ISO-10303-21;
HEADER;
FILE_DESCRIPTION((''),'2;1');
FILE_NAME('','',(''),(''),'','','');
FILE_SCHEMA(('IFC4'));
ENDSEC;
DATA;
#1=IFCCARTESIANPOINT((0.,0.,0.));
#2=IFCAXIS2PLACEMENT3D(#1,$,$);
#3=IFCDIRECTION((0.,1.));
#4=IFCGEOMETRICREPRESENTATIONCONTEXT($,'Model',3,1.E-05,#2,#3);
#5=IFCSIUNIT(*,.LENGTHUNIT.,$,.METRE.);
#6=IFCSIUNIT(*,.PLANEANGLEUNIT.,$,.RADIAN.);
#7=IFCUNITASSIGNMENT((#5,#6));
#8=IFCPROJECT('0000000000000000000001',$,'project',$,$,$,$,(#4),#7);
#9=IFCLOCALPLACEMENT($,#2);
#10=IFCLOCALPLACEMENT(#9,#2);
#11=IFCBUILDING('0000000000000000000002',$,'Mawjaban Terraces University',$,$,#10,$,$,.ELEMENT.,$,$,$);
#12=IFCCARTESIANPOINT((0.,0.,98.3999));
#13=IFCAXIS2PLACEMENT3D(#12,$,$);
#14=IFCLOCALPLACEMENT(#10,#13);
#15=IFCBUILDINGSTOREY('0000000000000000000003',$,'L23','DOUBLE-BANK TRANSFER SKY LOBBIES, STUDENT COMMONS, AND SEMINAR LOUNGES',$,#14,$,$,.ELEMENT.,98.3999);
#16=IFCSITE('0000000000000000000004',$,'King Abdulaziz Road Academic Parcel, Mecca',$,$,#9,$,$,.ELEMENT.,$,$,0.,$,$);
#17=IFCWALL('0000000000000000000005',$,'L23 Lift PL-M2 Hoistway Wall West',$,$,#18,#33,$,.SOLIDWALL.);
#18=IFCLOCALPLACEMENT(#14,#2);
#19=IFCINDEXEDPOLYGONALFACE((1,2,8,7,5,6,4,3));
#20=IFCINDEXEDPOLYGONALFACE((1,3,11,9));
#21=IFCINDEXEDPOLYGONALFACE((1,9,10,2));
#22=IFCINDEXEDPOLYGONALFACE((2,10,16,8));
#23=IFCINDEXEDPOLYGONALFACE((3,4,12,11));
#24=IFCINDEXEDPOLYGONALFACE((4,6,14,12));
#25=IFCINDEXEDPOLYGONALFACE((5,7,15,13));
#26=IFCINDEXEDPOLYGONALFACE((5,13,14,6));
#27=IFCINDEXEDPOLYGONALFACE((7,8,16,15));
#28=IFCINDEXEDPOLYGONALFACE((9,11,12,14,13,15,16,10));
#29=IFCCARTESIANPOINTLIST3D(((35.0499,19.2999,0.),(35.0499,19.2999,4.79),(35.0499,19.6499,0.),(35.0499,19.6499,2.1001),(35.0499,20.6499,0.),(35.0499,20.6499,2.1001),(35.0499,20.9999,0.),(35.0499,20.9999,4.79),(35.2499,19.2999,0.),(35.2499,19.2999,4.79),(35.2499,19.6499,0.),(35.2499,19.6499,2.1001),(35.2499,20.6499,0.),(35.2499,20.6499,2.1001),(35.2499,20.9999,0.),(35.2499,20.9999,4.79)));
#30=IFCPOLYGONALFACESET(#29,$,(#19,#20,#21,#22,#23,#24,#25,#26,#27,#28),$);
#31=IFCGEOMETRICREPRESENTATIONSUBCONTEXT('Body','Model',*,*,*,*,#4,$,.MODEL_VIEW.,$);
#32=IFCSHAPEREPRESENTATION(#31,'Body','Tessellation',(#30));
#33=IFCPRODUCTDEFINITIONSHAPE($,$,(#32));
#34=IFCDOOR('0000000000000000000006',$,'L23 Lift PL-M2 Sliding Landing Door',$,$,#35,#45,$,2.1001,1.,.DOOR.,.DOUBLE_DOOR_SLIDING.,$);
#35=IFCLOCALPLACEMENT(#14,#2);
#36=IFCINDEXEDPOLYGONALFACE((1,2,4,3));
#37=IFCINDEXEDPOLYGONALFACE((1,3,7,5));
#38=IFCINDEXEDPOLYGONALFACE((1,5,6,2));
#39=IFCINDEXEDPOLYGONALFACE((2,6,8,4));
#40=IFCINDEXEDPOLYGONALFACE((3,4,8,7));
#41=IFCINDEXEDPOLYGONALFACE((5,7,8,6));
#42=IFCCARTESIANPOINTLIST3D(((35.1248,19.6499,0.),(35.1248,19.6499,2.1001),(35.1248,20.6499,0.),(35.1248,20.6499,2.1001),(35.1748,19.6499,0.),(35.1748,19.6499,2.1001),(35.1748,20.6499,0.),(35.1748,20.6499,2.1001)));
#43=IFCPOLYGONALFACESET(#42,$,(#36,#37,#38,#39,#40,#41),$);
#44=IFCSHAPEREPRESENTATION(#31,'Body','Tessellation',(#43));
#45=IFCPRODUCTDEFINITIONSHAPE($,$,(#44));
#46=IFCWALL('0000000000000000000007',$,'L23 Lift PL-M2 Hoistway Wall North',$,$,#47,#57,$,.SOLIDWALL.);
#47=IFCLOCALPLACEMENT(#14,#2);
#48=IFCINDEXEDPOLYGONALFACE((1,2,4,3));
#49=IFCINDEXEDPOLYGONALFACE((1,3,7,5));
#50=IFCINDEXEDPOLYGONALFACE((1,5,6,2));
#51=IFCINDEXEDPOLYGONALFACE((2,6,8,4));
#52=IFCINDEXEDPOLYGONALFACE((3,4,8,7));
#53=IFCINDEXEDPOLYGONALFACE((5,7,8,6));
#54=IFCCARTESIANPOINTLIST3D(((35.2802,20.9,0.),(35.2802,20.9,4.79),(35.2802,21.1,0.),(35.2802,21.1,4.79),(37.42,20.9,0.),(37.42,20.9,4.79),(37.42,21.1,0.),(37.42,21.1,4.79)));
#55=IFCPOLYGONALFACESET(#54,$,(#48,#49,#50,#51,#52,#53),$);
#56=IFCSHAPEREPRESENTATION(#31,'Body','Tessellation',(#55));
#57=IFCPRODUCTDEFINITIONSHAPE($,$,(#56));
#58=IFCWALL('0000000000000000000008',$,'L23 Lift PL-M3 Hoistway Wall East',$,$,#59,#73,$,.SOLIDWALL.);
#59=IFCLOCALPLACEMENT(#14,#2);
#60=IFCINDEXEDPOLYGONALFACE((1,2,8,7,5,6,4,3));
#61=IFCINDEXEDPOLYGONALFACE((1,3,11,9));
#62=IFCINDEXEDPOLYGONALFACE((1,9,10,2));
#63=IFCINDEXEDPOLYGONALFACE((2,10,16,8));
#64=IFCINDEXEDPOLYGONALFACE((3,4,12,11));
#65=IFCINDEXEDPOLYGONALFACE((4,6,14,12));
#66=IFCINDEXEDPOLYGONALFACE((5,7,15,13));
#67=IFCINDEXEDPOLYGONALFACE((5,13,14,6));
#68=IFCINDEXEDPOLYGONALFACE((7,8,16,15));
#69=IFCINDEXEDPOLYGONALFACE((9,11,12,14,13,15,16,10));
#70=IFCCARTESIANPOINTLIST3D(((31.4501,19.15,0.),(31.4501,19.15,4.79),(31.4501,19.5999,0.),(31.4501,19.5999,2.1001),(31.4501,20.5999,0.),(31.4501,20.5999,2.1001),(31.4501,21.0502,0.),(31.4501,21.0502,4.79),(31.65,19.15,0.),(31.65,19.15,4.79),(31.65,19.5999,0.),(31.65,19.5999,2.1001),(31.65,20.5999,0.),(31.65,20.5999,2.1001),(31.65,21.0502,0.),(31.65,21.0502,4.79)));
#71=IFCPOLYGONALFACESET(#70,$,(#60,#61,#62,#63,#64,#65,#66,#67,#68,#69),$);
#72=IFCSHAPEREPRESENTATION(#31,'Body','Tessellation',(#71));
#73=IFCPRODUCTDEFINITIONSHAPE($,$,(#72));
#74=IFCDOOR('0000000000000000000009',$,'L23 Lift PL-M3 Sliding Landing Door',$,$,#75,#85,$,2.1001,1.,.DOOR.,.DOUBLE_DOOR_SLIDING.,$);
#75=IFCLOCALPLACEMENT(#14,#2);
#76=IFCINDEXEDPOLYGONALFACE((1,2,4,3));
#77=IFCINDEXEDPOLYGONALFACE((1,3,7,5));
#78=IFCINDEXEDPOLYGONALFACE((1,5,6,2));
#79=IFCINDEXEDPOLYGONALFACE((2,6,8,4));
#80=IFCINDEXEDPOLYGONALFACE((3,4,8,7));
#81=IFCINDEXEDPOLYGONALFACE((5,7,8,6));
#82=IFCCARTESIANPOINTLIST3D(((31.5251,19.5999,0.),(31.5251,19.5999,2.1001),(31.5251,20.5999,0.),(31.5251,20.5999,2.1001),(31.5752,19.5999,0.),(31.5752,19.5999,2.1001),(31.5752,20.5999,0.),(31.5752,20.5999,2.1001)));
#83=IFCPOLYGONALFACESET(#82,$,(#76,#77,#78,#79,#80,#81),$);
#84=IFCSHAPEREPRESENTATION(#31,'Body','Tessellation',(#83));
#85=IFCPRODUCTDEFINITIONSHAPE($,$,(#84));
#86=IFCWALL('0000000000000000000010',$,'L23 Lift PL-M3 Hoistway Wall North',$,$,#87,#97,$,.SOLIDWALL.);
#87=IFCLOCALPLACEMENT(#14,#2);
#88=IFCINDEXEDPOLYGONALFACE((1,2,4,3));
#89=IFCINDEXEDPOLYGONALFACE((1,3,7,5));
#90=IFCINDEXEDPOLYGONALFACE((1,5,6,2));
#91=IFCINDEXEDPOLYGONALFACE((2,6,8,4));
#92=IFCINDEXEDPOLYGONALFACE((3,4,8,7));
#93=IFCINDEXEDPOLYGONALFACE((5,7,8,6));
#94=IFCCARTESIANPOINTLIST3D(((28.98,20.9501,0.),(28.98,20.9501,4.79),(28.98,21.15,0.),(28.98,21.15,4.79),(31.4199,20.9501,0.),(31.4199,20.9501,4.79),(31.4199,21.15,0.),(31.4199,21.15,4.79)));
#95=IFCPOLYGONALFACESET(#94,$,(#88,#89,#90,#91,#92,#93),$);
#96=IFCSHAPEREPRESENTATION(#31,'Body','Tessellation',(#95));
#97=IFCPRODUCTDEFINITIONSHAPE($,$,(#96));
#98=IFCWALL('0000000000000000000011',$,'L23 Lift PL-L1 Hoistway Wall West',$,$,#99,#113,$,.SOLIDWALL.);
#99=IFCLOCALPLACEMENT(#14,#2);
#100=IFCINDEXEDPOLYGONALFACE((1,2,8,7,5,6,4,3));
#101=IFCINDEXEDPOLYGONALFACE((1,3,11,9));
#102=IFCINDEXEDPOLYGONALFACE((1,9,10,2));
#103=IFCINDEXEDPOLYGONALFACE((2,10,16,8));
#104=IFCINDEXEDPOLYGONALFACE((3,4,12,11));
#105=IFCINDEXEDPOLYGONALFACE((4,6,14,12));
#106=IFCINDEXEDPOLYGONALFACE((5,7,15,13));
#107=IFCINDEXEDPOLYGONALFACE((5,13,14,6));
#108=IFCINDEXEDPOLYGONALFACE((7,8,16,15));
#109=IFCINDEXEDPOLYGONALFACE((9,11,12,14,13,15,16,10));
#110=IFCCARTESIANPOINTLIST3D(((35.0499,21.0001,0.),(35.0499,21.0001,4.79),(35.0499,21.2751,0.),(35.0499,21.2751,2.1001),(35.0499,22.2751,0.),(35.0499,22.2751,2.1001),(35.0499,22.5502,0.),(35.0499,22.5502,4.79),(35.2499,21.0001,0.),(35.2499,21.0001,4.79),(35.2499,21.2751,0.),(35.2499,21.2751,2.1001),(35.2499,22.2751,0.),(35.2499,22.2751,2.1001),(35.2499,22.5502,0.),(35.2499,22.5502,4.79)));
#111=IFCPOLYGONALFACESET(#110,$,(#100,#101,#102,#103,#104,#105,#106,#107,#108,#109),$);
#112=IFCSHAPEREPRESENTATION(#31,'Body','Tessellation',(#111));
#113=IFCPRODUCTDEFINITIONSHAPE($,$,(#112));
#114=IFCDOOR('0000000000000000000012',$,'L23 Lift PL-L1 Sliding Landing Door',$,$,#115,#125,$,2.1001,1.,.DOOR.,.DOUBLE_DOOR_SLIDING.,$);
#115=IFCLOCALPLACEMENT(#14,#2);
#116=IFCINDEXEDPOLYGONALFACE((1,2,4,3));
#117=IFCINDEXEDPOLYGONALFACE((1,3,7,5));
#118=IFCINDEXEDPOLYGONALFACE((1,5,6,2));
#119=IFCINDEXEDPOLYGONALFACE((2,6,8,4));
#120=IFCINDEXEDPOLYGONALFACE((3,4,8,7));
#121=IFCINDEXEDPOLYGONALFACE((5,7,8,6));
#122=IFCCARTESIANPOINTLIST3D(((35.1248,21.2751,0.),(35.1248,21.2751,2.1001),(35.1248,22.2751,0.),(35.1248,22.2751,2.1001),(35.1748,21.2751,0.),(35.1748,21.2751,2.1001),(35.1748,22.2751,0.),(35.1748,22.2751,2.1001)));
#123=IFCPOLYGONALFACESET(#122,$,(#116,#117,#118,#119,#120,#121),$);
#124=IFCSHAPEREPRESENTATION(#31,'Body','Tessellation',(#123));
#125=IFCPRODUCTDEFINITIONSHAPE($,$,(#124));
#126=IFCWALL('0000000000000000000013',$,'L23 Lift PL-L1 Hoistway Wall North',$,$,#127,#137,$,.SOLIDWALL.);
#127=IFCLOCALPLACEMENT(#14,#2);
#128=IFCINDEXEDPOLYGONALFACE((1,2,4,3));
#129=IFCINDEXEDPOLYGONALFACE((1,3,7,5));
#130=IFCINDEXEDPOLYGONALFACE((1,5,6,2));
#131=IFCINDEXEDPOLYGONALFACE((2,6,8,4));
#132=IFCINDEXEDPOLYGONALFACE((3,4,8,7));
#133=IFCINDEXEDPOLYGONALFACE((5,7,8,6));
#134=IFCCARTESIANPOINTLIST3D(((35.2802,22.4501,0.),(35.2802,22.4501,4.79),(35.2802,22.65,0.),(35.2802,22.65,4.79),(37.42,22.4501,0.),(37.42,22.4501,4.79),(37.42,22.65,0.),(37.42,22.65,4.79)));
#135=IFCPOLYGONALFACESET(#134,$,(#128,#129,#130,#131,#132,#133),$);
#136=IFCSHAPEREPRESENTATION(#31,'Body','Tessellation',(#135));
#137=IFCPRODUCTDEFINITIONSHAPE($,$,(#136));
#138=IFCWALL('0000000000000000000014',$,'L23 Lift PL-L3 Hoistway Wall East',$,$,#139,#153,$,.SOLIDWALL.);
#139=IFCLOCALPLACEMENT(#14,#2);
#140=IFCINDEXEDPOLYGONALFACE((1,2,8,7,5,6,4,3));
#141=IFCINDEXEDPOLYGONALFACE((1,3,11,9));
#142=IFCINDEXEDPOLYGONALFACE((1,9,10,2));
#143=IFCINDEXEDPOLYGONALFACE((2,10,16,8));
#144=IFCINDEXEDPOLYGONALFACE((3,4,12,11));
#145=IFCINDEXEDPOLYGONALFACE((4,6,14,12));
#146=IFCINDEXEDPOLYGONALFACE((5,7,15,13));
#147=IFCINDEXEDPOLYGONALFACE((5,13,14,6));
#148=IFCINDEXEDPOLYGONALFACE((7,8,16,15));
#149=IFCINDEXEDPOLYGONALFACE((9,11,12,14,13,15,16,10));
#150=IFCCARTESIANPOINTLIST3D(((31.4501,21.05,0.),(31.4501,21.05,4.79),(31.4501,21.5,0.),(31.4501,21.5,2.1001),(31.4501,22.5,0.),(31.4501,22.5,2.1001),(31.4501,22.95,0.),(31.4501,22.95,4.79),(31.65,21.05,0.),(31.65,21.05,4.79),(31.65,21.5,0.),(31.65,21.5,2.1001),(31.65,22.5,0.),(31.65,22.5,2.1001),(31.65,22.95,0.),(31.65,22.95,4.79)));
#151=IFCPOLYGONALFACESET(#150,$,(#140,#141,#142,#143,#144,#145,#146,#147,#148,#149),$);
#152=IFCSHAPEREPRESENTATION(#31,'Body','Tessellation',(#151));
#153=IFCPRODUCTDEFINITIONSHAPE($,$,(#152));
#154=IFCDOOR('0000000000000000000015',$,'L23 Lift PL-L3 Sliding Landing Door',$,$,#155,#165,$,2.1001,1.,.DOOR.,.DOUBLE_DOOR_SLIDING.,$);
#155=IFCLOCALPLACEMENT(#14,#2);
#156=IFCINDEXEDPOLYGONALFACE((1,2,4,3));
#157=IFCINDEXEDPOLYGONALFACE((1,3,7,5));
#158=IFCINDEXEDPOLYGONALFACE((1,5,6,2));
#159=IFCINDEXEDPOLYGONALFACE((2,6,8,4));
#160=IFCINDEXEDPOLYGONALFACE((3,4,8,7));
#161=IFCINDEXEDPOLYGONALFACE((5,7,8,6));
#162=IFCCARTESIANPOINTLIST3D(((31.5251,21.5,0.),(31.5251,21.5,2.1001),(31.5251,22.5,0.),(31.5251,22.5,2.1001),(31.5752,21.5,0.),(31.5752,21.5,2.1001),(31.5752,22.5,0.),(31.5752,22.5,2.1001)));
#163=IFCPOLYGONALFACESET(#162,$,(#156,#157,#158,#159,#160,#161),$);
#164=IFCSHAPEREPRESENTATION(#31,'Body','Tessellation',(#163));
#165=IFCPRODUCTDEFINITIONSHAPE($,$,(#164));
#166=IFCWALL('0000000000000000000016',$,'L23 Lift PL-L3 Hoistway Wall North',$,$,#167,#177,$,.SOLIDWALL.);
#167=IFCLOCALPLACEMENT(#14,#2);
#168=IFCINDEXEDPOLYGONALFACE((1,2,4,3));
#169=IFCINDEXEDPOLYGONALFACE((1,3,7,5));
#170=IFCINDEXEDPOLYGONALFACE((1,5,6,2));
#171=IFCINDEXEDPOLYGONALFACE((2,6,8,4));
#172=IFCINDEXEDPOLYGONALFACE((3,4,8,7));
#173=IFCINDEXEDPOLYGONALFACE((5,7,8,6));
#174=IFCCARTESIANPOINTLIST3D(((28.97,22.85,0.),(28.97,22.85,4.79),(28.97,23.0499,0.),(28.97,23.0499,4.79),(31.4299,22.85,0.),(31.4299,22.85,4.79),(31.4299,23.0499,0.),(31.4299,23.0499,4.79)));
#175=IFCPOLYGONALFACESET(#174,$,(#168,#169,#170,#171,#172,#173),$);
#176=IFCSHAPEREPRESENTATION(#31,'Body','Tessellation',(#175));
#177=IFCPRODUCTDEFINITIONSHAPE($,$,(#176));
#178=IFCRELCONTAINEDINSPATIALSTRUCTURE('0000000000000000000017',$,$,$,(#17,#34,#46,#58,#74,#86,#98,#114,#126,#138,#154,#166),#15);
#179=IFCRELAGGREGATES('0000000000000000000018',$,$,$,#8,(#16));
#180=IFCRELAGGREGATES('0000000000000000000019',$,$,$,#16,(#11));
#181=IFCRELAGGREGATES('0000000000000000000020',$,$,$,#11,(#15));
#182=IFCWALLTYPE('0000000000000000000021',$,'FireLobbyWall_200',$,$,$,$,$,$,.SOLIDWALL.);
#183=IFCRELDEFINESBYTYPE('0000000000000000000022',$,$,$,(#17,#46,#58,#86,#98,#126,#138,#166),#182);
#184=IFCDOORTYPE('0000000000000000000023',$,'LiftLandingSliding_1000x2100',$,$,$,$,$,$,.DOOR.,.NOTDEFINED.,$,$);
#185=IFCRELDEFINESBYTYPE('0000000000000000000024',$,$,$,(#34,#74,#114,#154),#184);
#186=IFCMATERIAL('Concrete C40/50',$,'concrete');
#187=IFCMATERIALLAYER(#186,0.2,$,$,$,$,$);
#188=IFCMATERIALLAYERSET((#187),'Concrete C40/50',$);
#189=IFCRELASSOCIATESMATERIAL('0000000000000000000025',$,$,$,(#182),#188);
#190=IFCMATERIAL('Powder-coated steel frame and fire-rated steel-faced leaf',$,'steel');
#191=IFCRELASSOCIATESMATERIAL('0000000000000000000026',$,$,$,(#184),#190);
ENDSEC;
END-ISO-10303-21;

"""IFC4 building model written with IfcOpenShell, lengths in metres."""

from ifc_helpers import new_model, si_unit, direction, frame, frame_2d, origin, place, context, subcontext, project, spatial, rectangle, extrude, material, layer, layer_set, type_object, element, fill, save


model = new_model("IFC4")

# Units and contexts
model_context = context("Model", 3, precision=1e-05, world=origin(), true_north=direction((0.0, 1.0)))
body_context = subcontext(model_context, "Body", "Model", "MODEL_VIEW")
ifc_project = project(units=[si_unit("LENGTHUNIT", "METRE"), si_unit("PLANEANGLEUNIT", "RADIAN")], contexts=[model_context])

# Site, building, storey
site_placement = place(None, origin())
site = spatial("IfcSite", under=ifc_project, at=site_placement, Name="King Abdulaziz Road Academic Parcel, Mecca", CompositionType="ELEMENT", RefElevation=0.0)
building_placement = place(site_placement, origin())
building = spatial("IfcBuilding", under=site, at=building_placement, Name="Mawjaban Terraces University", CompositionType="ELEMENT")
storey_placement = place(building_placement, frame((0.0, 0.0, 98.3999)))
storey = spatial("IfcBuildingStorey", under=building, at=storey_placement, Name="L23", Description="DOUBLE-BANK TRANSFER SKY LOBBIES, STUDENT COMMONS, AND SEMINAR LOUNGES", CompositionType="ELEMENT", Elevation=98.3999)

# Shared definitions
ifc_material_1 = material(Name="Concrete C40/50", Category="concrete")
ifc_layer_1 = layer(ifc_material_1, 0.2)
ifc_layer_set_1 = layer_set([ifc_layer_1], Name="Concrete C40/50")
wall_type_1 = type_object("IfcWallType", Name="FireLobbyWall_200", PredefinedType="SOLIDWALL", material=ifc_layer_set_1)

# Shared definitions
ifc_material_2 = material(Name="Powder-coated steel frame and fire-rated steel-faced leaf", Category="steel")
door_type_1 = type_object("IfcDoorType", Name="LiftLandingSliding_1000x2100", OperationType="NOTDEFINED", PredefinedType="DOOR", material=ifc_material_2)

# Wall, opening, door
wall_1_placement = place(storey_placement, frame((35.1499, 21.0, 0.0), z_axis=(0.0, 0.0, 1.0), x_axis=(0.0, -1.0, 0.0)))
wall_1 = element("IfcWall", 1, at=wall_1_placement, inside=storey, type_object=wall_type_1, Name="L23 Lift PL-M2 Hoistway Wall West", PredefinedType="SOLIDWALL", context=body_context, shape_type="SweptSolid", body=[
    extrude(rectangle(XDim=1.7, YDim=0.2, at=frame_2d((0.8501, 0.0))), origin(), (0.0, 0.0, 1.0), 4.79),
])
opening_1_placement = place(wall_1_placement, frame((0.3501, 0.0, 0.0)))
opening_1 = element("IfcOpeningElement", 2, at=opening_1_placement, cuts=wall_1, PredefinedType="OPENING", context=body_context, shape_type="SweptSolid", body=[
    extrude(rectangle(XDim=1.0, YDim=2.1001, at=frame_2d((0.5, 1.05))), frame((0.0, 0.1099, 0.0), z_axis=(0.0, -1.0, 0.0), x_axis=(1.0, 0.0, 0.0)), (0.0, 0.0, 1.0), 0.22),
])
door_1_placement = place(opening_1_placement, origin())
door_1 = element("IfcDoor", 3, at=door_1_placement, inside=storey, type_object=door_type_1, Name="L23 Lift PL-M2 Sliding Landing Door", OperationType="DOUBLE_DOOR_SLIDING", OverallHeight=2.1001, OverallWidth=1.0, PredefinedType="DOOR", context=body_context, shape_type="SweptSolid", body=[
    extrude(rectangle(XDim=1.0, YDim=2.1001, at=frame_2d((0.5, 1.05))), frame((0.0, 0.0249, 0.0), z_axis=(0.0, -1.0, 0.0), x_axis=(1.0, 0.0, 0.0)), (0.0, 0.0, 1.0), 0.05),
])
fill(opening_1, door_1)

# Wall
wall_2_placement = place(storey_placement, frame((37.4199, 21.0, 0.0), z_axis=(0.0, 0.0, 1.0), x_axis=(-1.0, 0.0, 0.0)))
element("IfcWall", 4, at=wall_2_placement, inside=storey, type_object=wall_type_1, Name="L23 Lift PL-M2 Hoistway Wall North", PredefinedType="SOLIDWALL", context=body_context, shape_type="SweptSolid", body=[
    extrude(rectangle(XDim=2.1399, YDim=0.2, at=frame_2d((1.0698, 0.0))), origin(), (0.0, 0.0, 1.0), 4.79),
])

# Wall, opening, door
wall_3_placement = place(storey_placement, frame((31.55, 19.1499, 0.0), z_axis=(0.0, 0.0, 1.0), x_axis=(0.0, 1.0, 0.0)))
wall_3 = element("IfcWall", 5, at=wall_3_placement, inside=storey, type_object=wall_type_1, Name="L23 Lift PL-M3 Hoistway Wall East", PredefinedType="SOLIDWALL", context=body_context, shape_type="SweptSolid", body=[
    extrude(rectangle(XDim=1.9001, YDim=0.2, at=frame_2d((0.9502, 0.0))), origin(), (0.0, 0.0, 1.0), 4.79),
])
opening_2_placement = place(wall_3_placement, frame((0.45, 0.0, 0.0)))
opening_2 = element("IfcOpeningElement", 6, at=opening_2_placement, cuts=wall_3, PredefinedType="OPENING", context=body_context, shape_type="SweptSolid", body=[
    extrude(rectangle(XDim=1.0, YDim=2.1001, at=frame_2d((0.5, 1.05))), frame((0.0, 0.1099, 0.0), z_axis=(0.0, -1.0, 0.0), x_axis=(1.0, 0.0, 0.0)), (0.0, 0.0, 1.0), 0.22),
])
door_2_placement = place(opening_2_placement, origin())
door_2 = element("IfcDoor", 7, at=door_2_placement, inside=storey, type_object=door_type_1, Name="L23 Lift PL-M3 Sliding Landing Door", OperationType="DOUBLE_DOOR_SLIDING", OverallHeight=2.1001, OverallWidth=1.0, PredefinedType="DOOR", context=body_context, shape_type="SweptSolid", body=[
    extrude(rectangle(XDim=1.0, YDim=2.1001, at=frame_2d((0.5, 1.05))), frame((0.0, 0.0249, 0.0), z_axis=(0.0, -1.0, 0.0), x_axis=(1.0, 0.0, 0.0)), (0.0, 0.0, 1.0), 0.05),
])
fill(opening_2, door_2)

# Wall
wall_4_placement = place(storey_placement, frame((31.4199, 21.05, 0.0), z_axis=(0.0, 0.0, 1.0), x_axis=(-1.0, 0.0, 0.0)))
element("IfcWall", 8, at=wall_4_placement, inside=storey, type_object=wall_type_1, Name="L23 Lift PL-M3 Hoistway Wall North", PredefinedType="SOLIDWALL", context=body_context, shape_type="SweptSolid", body=[
    extrude(rectangle(XDim=2.4399, YDim=0.2, at=frame_2d((1.22, 0.0))), origin(), (0.0, 0.0, 1.0), 4.79),
])

# Wall, opening, door
wall_5_placement = place(storey_placement, frame((35.1499, 22.55, 0.0), z_axis=(0.0, 0.0, 1.0), x_axis=(0.0, -1.0, 0.0)))
wall_5 = element("IfcWall", 9, at=wall_5_placement, inside=storey, type_object=wall_type_1, Name="L23 Lift PL-L1 Hoistway Wall West", PredefinedType="SOLIDWALL", context=body_context, shape_type="SweptSolid", body=[
    extrude(rectangle(XDim=1.55, YDim=0.2, at=frame_2d((0.7749, 0.0))), origin(), (0.0, 0.0, 1.0), 4.79),
])
opening_3_placement = place(wall_5_placement, frame((0.2749, 0.0, 0.0)))
opening_3 = element("IfcOpeningElement", 10, at=opening_3_placement, cuts=wall_5, PredefinedType="OPENING", context=body_context, shape_type="SweptSolid", body=[
    extrude(rectangle(XDim=1.0, YDim=2.1001, at=frame_2d((0.5, 1.05))), frame((0.0, 0.1099, 0.0), z_axis=(0.0, -1.0, 0.0), x_axis=(1.0, 0.0, 0.0)), (0.0, 0.0, 1.0), 0.22),
])
door_3_placement = place(opening_3_placement, origin())
door_3 = element("IfcDoor", 11, at=door_3_placement, inside=storey, type_object=door_type_1, Name="L23 Lift PL-L1 Sliding Landing Door", OperationType="DOUBLE_DOOR_SLIDING", OverallHeight=2.1001, OverallWidth=1.0, PredefinedType="DOOR", context=body_context, shape_type="SweptSolid", body=[
    extrude(rectangle(XDim=1.0, YDim=2.1001, at=frame_2d((0.5, 1.05))), frame((0.0, 0.0249, 0.0), z_axis=(0.0, -1.0, 0.0), x_axis=(1.0, 0.0, 0.0)), (0.0, 0.0, 1.0), 0.05),
])
fill(opening_3, door_3)

# Wall
wall_6_placement = place(storey_placement, frame((37.4199, 22.55, 0.0), z_axis=(0.0, 0.0, 1.0), x_axis=(-1.0, 0.0, 0.0)))
element("IfcWall", 12, at=wall_6_placement, inside=storey, type_object=wall_type_1, Name="L23 Lift PL-L1 Hoistway Wall North", PredefinedType="SOLIDWALL", context=body_context, shape_type="SweptSolid", body=[
    extrude(rectangle(XDim=2.1399, YDim=0.2, at=frame_2d((1.0698, 0.0))), origin(), (0.0, 0.0, 1.0), 4.79),
])

# Wall, opening, door
wall_7_placement = place(storey_placement, frame((31.55, 21.05, 0.0), z_axis=(0.0, 0.0, 1.0), x_axis=(0.0, 1.0, 0.0)))
wall_7 = element("IfcWall", 13, at=wall_7_placement, inside=storey, type_object=wall_type_1, Name="L23 Lift PL-L3 Hoistway Wall East", PredefinedType="SOLIDWALL", context=body_context, shape_type="SweptSolid", body=[
    extrude(rectangle(XDim=1.8999, YDim=0.2, at=frame_2d((0.95, 0.0))), origin(), (0.0, 0.0, 1.0), 4.79),
])
opening_4_placement = place(wall_7_placement, frame((0.45, 0.0, 0.0)))
opening_4 = element("IfcOpeningElement", 14, at=opening_4_placement, cuts=wall_7, PredefinedType="OPENING", context=body_context, shape_type="SweptSolid", body=[
    extrude(rectangle(XDim=1.0, YDim=2.1001, at=frame_2d((0.5, 1.05))), frame((0.0, 0.1099, 0.0), z_axis=(0.0, -1.0, 0.0), x_axis=(1.0, 0.0, 0.0)), (0.0, 0.0, 1.0), 0.22),
])
door_4_placement = place(opening_4_placement, origin())
door_4 = element("IfcDoor", 15, at=door_4_placement, inside=storey, type_object=door_type_1, Name="L23 Lift PL-L3 Sliding Landing Door", OperationType="DOUBLE_DOOR_SLIDING", OverallHeight=2.1001, OverallWidth=1.0, PredefinedType="DOOR", context=body_context, shape_type="SweptSolid", body=[
    extrude(rectangle(XDim=1.0, YDim=2.1001, at=frame_2d((0.5, 1.05))), frame((0.0, 0.0249, 0.0), z_axis=(0.0, -1.0, 0.0), x_axis=(1.0, 0.0, 0.0)), (0.0, 0.0, 1.0), 0.05),
])
fill(opening_4, door_4)

# Wall
wall_8_placement = place(storey_placement, frame((31.4299, 22.95, 0.0), z_axis=(0.0, 0.0, 1.0), x_axis=(-1.0, 0.0, 0.0)))
element("IfcWall", 16, at=wall_8_placement, inside=storey, type_object=wall_type_1, Name="L23 Lift PL-L3 Hoistway Wall North", PredefinedType="SOLIDWALL", context=body_context, shape_type="SweptSolid", body=[
    extrude(rectangle(XDim=2.46, YDim=0.2, at=frame_2d((1.23, 0.0))), origin(), (0.0, 0.0, 1.0), 4.79),
])

save(model, "model.ifc")
